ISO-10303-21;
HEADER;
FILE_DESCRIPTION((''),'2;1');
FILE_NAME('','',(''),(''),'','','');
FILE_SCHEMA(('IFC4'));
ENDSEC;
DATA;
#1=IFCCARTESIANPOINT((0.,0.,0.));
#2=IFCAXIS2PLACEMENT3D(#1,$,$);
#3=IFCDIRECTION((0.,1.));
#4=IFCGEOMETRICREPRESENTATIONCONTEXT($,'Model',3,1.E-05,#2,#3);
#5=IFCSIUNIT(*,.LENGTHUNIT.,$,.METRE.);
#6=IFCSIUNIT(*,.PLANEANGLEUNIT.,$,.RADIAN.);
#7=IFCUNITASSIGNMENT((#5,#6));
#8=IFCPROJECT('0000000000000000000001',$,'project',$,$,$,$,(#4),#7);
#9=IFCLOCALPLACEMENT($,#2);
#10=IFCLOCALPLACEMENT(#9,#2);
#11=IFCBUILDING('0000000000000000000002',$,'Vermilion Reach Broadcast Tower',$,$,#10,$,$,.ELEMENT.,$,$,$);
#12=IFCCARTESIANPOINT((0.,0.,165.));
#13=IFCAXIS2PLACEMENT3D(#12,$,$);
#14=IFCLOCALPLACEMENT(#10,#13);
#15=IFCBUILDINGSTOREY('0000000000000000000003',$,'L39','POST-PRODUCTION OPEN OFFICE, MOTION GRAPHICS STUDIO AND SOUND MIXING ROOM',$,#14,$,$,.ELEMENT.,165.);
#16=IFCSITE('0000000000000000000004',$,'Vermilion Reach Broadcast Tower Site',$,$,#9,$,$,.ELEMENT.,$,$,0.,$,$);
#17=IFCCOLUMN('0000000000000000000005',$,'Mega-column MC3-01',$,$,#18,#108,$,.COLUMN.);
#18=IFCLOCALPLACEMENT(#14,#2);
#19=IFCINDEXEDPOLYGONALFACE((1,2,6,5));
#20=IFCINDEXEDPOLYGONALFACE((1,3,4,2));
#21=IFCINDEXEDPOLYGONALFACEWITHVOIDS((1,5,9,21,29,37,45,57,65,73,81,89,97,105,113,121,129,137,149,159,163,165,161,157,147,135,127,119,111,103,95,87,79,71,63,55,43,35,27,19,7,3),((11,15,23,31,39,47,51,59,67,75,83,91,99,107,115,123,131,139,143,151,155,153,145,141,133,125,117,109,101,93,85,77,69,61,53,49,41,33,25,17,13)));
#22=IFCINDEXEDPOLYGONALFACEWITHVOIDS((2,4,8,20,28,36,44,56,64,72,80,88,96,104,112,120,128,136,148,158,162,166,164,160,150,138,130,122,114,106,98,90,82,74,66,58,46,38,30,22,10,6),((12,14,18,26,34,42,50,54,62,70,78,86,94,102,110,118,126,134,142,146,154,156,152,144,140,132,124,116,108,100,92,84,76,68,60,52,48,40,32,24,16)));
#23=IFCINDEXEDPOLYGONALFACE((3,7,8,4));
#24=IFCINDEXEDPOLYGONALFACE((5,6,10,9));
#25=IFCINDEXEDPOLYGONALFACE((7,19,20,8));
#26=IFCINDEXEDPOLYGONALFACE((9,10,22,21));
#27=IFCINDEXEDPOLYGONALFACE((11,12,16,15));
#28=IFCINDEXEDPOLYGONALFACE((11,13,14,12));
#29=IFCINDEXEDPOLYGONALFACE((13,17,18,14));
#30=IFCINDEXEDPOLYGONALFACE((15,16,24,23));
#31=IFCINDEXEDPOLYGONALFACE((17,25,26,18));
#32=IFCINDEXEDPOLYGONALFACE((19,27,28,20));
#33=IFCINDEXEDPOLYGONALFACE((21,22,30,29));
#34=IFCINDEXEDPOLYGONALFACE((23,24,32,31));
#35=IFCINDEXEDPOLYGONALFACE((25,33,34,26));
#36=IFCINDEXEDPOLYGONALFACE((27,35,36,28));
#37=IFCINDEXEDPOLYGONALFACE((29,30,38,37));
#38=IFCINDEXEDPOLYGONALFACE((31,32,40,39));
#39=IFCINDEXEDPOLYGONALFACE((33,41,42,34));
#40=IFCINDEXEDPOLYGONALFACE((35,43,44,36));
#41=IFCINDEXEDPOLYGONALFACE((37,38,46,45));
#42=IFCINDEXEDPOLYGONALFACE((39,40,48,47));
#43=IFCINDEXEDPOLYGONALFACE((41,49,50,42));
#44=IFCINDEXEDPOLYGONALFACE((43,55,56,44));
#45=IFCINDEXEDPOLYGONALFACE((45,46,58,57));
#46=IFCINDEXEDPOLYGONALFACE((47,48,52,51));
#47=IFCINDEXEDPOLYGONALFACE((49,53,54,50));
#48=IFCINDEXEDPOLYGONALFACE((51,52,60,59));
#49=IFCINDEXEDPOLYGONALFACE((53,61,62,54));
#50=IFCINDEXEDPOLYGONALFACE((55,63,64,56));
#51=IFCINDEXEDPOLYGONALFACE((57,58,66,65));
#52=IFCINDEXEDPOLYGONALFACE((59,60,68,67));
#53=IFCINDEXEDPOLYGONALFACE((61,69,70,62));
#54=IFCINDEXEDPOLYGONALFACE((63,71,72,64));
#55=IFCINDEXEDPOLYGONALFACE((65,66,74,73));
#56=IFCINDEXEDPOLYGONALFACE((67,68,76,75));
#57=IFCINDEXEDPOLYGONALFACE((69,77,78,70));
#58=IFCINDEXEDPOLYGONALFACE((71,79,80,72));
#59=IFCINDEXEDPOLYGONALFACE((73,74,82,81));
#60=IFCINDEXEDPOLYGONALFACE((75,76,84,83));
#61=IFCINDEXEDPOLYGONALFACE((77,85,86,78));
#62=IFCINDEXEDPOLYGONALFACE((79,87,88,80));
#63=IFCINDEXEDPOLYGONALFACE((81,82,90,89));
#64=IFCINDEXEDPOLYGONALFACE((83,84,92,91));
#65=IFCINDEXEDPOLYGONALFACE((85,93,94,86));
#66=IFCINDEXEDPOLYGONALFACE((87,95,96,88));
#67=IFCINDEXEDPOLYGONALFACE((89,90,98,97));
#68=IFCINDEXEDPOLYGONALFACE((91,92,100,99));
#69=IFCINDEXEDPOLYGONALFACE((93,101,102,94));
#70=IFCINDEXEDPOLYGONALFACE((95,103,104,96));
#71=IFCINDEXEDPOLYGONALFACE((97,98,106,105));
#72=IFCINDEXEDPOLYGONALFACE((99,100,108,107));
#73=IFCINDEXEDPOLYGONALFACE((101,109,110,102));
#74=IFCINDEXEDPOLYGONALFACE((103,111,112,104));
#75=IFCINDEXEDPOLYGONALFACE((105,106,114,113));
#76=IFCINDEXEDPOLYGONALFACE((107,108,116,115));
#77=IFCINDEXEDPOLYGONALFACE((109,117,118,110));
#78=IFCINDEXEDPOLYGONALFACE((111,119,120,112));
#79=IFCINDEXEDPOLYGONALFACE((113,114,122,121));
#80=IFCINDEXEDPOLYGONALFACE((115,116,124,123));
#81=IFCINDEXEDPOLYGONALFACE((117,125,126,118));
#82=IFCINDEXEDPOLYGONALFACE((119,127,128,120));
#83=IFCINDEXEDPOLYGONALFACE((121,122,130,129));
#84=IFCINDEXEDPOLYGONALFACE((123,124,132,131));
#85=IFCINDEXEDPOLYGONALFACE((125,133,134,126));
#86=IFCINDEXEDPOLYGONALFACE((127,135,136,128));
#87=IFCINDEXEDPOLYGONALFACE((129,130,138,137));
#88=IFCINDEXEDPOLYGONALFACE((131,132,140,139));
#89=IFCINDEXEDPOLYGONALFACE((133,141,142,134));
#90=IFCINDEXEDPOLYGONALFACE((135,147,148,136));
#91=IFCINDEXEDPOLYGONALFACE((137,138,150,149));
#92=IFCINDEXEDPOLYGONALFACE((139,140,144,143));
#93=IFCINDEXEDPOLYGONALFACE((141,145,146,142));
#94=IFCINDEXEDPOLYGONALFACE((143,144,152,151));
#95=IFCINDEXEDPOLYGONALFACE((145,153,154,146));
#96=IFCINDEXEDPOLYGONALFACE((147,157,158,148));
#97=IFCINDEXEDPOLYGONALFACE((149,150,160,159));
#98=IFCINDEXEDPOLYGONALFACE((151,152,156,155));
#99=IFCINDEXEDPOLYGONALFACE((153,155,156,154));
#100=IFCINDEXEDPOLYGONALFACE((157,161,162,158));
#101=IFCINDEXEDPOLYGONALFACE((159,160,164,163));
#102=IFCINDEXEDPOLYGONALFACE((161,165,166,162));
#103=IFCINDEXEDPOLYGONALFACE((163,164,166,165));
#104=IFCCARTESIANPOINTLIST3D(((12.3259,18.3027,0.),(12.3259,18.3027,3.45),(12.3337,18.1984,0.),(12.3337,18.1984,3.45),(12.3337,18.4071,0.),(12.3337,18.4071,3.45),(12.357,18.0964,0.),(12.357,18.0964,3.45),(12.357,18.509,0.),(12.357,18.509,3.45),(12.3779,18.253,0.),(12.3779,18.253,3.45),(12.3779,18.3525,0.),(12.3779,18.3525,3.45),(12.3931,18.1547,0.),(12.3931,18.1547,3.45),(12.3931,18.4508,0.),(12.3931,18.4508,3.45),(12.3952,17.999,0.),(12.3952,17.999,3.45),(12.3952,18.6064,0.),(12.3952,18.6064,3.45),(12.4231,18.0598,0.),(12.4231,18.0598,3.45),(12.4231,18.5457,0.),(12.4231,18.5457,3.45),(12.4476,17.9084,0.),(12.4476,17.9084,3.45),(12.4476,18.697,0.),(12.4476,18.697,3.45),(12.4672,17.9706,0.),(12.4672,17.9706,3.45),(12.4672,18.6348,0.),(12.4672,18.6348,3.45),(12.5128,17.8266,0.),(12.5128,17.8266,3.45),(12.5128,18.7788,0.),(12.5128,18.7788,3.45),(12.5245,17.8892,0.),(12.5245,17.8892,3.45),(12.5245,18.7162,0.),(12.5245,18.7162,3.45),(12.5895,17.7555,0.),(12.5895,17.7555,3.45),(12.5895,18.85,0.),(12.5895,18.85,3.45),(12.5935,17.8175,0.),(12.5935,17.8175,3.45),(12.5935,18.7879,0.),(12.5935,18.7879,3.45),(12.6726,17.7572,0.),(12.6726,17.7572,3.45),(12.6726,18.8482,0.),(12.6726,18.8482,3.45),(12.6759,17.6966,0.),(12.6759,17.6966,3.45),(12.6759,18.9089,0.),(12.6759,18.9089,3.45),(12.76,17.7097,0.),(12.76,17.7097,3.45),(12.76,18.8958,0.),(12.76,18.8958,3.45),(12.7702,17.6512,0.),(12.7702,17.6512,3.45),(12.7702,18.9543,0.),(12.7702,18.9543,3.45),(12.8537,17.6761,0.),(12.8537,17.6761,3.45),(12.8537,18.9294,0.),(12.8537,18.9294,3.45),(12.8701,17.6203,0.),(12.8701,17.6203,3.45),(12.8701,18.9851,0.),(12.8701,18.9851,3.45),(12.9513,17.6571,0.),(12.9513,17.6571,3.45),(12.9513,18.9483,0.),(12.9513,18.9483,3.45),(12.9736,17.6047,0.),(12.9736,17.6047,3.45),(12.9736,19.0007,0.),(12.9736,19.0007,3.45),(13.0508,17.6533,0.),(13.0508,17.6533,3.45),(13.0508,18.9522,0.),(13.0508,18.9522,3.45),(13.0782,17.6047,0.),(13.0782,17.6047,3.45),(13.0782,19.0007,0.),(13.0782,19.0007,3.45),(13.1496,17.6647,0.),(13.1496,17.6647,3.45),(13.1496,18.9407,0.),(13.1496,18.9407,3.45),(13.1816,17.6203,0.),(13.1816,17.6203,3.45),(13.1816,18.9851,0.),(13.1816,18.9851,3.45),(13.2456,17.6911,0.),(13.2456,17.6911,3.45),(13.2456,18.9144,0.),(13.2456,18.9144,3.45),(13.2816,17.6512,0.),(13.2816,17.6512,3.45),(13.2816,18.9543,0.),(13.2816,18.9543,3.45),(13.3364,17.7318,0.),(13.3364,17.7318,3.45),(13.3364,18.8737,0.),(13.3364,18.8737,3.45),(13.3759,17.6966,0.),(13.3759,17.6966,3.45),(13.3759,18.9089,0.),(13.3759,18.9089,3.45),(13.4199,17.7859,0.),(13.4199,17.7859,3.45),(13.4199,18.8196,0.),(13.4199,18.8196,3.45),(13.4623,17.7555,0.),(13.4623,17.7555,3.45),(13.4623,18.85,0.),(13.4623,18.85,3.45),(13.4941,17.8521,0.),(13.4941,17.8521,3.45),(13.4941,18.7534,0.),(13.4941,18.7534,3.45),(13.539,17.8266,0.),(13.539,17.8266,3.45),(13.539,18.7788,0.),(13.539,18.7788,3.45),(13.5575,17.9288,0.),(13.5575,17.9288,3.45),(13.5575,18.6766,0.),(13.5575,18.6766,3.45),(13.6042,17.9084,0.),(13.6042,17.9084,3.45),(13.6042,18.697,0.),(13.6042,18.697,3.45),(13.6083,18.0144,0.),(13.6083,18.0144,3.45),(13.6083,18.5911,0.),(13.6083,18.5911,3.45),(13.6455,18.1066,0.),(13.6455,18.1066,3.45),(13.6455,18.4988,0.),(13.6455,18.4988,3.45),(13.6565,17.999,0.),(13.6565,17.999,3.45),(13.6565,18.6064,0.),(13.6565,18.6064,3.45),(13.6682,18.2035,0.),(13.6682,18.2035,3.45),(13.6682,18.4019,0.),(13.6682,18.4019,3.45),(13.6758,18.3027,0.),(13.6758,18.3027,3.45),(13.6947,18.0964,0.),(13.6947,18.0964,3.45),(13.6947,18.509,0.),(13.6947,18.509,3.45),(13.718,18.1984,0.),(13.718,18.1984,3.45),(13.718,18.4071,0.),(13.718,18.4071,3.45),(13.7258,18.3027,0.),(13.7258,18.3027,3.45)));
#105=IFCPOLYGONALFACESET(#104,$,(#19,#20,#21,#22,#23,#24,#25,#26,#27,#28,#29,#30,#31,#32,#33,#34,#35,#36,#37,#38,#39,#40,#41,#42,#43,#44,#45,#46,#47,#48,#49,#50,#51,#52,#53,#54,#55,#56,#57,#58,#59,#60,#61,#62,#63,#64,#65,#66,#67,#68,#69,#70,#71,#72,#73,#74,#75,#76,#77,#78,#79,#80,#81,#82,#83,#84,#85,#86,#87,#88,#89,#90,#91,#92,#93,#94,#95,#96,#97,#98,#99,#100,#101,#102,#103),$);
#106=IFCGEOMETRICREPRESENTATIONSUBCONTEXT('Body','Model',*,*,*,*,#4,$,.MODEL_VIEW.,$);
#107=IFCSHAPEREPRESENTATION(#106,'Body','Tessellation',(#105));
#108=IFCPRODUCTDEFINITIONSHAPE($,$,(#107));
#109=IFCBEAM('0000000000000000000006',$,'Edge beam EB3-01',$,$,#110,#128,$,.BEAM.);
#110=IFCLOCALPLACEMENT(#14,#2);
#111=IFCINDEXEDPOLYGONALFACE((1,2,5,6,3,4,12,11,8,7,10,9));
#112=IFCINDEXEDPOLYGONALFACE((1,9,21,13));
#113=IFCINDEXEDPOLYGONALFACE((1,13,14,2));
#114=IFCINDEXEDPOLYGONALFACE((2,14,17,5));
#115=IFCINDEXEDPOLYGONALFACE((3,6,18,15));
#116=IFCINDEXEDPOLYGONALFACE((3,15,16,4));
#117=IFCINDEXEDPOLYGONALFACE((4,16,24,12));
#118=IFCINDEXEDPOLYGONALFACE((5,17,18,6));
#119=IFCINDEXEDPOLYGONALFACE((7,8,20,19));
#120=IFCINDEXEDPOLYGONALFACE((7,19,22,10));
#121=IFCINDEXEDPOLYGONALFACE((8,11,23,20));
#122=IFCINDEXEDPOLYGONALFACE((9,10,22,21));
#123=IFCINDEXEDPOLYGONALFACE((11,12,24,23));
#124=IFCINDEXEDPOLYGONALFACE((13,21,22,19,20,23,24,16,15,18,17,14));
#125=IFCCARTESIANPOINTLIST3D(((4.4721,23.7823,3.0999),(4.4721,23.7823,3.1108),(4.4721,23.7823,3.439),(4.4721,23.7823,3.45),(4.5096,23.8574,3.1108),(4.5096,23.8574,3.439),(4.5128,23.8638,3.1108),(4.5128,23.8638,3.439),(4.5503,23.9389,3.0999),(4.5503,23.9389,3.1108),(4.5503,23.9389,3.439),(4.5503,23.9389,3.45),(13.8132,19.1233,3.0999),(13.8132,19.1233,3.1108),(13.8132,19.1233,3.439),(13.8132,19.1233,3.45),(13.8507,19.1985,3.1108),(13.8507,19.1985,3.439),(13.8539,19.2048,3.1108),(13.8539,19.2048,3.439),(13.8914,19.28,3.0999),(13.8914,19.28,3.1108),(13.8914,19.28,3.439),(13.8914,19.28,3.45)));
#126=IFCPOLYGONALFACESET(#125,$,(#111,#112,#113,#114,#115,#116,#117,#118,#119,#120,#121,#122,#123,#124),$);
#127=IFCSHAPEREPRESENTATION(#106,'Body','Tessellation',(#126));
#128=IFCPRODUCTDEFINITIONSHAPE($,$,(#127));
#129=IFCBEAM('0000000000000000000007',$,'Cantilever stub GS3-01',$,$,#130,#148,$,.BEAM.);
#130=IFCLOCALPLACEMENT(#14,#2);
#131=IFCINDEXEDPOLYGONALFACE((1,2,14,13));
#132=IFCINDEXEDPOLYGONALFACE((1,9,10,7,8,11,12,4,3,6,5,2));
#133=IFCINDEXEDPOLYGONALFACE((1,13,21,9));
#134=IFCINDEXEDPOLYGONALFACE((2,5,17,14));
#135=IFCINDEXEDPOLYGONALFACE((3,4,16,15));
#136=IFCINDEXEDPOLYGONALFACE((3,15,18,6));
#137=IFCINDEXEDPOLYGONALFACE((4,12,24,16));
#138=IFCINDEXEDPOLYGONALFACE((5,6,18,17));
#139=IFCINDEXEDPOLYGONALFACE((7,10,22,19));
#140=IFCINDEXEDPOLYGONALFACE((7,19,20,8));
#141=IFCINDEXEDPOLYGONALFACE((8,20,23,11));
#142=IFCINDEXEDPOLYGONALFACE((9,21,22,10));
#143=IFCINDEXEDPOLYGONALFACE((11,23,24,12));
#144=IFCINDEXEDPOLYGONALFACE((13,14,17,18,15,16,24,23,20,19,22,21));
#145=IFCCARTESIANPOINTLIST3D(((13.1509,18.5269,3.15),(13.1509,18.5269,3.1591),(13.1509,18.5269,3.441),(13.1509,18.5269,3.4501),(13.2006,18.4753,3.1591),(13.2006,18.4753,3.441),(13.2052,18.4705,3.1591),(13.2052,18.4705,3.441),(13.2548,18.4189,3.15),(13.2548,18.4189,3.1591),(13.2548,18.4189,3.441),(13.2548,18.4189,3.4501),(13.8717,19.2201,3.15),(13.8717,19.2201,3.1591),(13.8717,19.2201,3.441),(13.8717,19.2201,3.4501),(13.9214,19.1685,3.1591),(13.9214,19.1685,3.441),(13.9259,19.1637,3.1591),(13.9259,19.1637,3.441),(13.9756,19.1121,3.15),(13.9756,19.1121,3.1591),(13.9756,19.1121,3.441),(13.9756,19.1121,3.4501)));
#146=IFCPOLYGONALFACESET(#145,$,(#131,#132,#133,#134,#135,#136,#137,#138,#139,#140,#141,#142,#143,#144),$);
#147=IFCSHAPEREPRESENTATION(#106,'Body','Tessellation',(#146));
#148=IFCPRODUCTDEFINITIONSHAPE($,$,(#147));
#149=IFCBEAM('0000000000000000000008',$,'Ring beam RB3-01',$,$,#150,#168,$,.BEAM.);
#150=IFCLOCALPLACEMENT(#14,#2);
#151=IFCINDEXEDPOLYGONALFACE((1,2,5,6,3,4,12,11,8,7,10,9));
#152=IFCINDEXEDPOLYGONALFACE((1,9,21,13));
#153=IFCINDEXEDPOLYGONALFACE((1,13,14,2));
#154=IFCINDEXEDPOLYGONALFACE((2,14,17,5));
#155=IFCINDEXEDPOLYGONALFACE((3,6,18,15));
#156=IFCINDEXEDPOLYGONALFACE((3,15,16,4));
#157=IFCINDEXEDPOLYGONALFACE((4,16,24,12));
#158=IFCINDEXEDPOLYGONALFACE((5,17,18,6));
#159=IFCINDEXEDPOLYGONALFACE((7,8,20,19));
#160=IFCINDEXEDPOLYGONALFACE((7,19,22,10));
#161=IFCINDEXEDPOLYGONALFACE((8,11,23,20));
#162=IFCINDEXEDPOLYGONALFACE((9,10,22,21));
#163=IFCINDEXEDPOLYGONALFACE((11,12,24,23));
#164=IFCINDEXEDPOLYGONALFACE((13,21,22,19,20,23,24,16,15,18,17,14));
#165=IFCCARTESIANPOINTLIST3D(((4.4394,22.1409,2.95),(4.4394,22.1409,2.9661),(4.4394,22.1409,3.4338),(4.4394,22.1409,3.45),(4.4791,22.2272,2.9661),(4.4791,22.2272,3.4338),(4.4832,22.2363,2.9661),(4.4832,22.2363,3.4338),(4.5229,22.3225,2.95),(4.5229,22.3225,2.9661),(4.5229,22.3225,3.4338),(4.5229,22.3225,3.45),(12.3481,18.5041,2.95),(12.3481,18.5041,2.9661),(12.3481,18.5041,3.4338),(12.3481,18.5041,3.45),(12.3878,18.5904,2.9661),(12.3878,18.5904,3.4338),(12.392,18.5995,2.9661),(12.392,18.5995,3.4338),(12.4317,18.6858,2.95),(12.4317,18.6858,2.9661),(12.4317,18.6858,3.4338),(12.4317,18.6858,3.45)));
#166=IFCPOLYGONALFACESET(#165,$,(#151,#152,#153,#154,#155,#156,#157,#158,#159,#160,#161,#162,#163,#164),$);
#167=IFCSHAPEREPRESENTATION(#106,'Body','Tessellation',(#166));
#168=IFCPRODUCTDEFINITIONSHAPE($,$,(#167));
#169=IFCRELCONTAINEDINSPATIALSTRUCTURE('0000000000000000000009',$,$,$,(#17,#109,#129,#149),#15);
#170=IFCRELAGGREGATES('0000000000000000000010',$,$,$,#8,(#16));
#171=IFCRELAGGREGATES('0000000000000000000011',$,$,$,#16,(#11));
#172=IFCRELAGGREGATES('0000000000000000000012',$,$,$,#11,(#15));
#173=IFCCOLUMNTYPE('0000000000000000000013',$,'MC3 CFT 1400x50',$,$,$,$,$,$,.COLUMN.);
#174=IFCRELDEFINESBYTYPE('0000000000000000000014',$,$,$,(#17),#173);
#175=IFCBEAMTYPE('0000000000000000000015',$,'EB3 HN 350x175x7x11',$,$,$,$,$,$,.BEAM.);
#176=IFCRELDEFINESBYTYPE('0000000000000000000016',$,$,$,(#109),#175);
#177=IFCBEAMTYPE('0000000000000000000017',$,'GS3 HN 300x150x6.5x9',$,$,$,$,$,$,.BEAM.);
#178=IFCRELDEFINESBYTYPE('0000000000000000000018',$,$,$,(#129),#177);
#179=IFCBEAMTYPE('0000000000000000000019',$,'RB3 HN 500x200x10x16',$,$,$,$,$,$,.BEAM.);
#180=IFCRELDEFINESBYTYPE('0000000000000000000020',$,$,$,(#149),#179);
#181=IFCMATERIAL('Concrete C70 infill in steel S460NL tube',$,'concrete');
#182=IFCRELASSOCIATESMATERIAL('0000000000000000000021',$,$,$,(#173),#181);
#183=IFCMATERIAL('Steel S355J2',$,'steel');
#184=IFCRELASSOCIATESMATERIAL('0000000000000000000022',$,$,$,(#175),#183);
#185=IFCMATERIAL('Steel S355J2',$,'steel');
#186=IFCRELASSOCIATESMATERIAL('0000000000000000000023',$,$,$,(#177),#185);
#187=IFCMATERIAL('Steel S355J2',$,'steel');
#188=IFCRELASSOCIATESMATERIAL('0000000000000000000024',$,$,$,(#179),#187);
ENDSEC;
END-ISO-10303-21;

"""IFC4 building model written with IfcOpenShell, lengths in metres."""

from ifc_helpers import new_model, si_unit, direction, frame, origin, origin_2d, place, context, subcontext, project, spatial, hollow_circle, i_section, extrude, material, material_profile, profile_set, type_object, element, save


model = new_model("IFC4")

# Units and contexts
model_context = context("Model", 3, precision=1e-05, world=origin(), true_north=direction((0.0, 1.0)))
body_context = subcontext(model_context, "Body", "Model", "MODEL_VIEW")
ifc_project = project(units=[si_unit("LENGTHUNIT", "METRE"), si_unit("PLANEANGLEUNIT", "RADIAN")], contexts=[model_context])

# Site, building, storey
site_placement = place(None, origin())
site = spatial("IfcSite", under=ifc_project, at=site_placement, Name="Vermilion Reach Broadcast Tower Site", CompositionType="ELEMENT", RefElevation=0.0)
building_placement = place(site_placement, origin())
building = spatial("IfcBuilding", under=site, at=building_placement, Name="Vermilion Reach Broadcast Tower", CompositionType="ELEMENT")
storey_placement = place(building_placement, frame((0.0, 0.0, 165.0)))
storey = spatial("IfcBuildingStorey", under=building, at=storey_placement, Name="L39", Description="POST-PRODUCTION OPEN OFFICE, MOTION GRAPHICS STUDIO AND SOUND MIXING ROOM", CompositionType="ELEMENT", Elevation=165.0)

# Column
ifc_material_1 = material(Name="Concrete C70 infill in steel S460NL tube", Category="concrete")
ifc_material_profile_1 = material_profile(ifc_material_1, hollow_circle(Radius=0.7, WallThickness=0.05, at=origin_2d()), Name="Concrete C70 infill in steel S460NL tube CFT 1400x50")
ifc_profile_set_1 = profile_set([ifc_material_profile_1], Name="Concrete C70 infill in steel S460NL tube")
column_type = type_object("IfcColumnType", Name="MC3 CFT 1400x50", PredefinedType="COLUMN", material=ifc_profile_set_1)
column_placement = place(storey_placement, frame((13.0259, 18.3027, 0.0), z_axis=(0.0, 0.0, 1.0), x_axis=(1.0, 0.0, 0.0)))
element("IfcColumn", 1, at=column_placement, inside=storey, type_object=column_type, Name="Mega-column MC3-01", PredefinedType="COLUMN", context=body_context, shape_type="SweptSolid", body=[
    extrude(hollow_circle(Radius=0.7, WallThickness=0.05, at=origin_2d()), origin(), (0.0, 0.0, 1.0), 3.45),
])

# Beams
ifc_material_2 = material(Name="Steel S355J2", Category="steel")
ifc_material_profile_2 = material_profile(ifc_material_2, i_section(OverallWidth=0.175, OverallDepth=0.3501, WebThickness=0.0071, FlangeThickness=0.011, at=origin_2d()), Name="S355J2 HN 350x175x7x11")
ifc_profile_set_2 = profile_set([ifc_material_profile_2], Name="Steel S355J2")
beam_type_1 = type_object("IfcBeamType", Name="EB3 HN 350x175x7x11", PredefinedType="BEAM", material=ifc_profile_set_2)
beam_1_placement = place(storey_placement, frame((13.8523, 19.2017, 3.2749), z_axis=(-0.894871, 0.446325, 0.0), x_axis=(-0.446325, -0.894871, 0.0)))
element("IfcBeam", 2, at=beam_1_placement, inside=storey, type_object=beam_type_1, Name="Edge beam EB3-01", PredefinedType="BEAM", context=body_context, shape_type="SweptSolid", body=[
    extrude(i_section(OverallWidth=0.175, OverallDepth=0.3501, WebThickness=0.0071, FlangeThickness=0.011, at=origin_2d()), origin(), (0.0, 0.0, 1.0), 10.4385),
])
ifc_material_3 = material(Name="Steel S355J2", Category="steel")
ifc_material_profile_3 = material_profile(ifc_material_3, i_section(OverallWidth=0.1499, OverallDepth=0.3, WebThickness=0.0066, FlangeThickness=0.009, at=origin_2d()), Name="S355J2 HN 300x150x6.5x9")
ifc_profile_set_3 = profile_set([ifc_material_profile_3], Name="Steel S355J2")
beam_type_2 = type_object("IfcBeamType", Name="GS3 HN 300x150x6.5x9", PredefinedType="BEAM", material=ifc_profile_set_3)
beam_2_placement = place(storey_placement, frame((13.2029, 18.4729, 3.3), z_axis=(0.720767, 0.693177, 0.0), x_axis=(-0.693177, 0.720767, 0.0)))
element("IfcBeam", 3, at=beam_2_placement, inside=storey, type_object=beam_type_2, Name="Cantilever stub GS3-01", PredefinedType="BEAM", context=body_context, shape_type="SweptSolid", body=[
    extrude(i_section(OverallWidth=0.1499, OverallDepth=0.3, WebThickness=0.0066, FlangeThickness=0.009, at=origin_2d()), origin(), (0.0, 0.0, 1.0), 1.0),
])
ifc_material_4 = material(Name="Steel S355J2", Category="steel")
ifc_material_profile_4 = material_profile(ifc_material_4, i_section(OverallWidth=0.2, OverallDepth=0.5, WebThickness=0.01, FlangeThickness=0.0161, at=origin_2d()), Name="S355J2 HN 500x200x10x16")
ifc_profile_set_4 = profile_set([ifc_material_profile_4], Name="Steel S355J2")
beam_type_3 = type_object("IfcBeamType", Name="RB3 HN 500x200x10x16", PredefinedType="BEAM", material=ifc_profile_set_4)
beam_3_placement = place(storey_placement, frame((12.3899, 18.595, 3.2), z_axis=(-0.908546, 0.417784, 0.0), x_axis=(-0.417784, -0.908546, 0.0)))
element("IfcBeam", 4, at=beam_3_placement, inside=storey, type_object=beam_type_3, Name="Ring beam RB3-01", PredefinedType="BEAM", context=body_context, shape_type="SweptSolid", body=[
    extrude(i_section(OverallWidth=0.2, OverallDepth=0.5, WebThickness=0.01, FlangeThickness=0.0161, at=origin_2d()), origin(), (0.0, 0.0, 1.0), 8.7048),
])

save(model, "model.ifc")
